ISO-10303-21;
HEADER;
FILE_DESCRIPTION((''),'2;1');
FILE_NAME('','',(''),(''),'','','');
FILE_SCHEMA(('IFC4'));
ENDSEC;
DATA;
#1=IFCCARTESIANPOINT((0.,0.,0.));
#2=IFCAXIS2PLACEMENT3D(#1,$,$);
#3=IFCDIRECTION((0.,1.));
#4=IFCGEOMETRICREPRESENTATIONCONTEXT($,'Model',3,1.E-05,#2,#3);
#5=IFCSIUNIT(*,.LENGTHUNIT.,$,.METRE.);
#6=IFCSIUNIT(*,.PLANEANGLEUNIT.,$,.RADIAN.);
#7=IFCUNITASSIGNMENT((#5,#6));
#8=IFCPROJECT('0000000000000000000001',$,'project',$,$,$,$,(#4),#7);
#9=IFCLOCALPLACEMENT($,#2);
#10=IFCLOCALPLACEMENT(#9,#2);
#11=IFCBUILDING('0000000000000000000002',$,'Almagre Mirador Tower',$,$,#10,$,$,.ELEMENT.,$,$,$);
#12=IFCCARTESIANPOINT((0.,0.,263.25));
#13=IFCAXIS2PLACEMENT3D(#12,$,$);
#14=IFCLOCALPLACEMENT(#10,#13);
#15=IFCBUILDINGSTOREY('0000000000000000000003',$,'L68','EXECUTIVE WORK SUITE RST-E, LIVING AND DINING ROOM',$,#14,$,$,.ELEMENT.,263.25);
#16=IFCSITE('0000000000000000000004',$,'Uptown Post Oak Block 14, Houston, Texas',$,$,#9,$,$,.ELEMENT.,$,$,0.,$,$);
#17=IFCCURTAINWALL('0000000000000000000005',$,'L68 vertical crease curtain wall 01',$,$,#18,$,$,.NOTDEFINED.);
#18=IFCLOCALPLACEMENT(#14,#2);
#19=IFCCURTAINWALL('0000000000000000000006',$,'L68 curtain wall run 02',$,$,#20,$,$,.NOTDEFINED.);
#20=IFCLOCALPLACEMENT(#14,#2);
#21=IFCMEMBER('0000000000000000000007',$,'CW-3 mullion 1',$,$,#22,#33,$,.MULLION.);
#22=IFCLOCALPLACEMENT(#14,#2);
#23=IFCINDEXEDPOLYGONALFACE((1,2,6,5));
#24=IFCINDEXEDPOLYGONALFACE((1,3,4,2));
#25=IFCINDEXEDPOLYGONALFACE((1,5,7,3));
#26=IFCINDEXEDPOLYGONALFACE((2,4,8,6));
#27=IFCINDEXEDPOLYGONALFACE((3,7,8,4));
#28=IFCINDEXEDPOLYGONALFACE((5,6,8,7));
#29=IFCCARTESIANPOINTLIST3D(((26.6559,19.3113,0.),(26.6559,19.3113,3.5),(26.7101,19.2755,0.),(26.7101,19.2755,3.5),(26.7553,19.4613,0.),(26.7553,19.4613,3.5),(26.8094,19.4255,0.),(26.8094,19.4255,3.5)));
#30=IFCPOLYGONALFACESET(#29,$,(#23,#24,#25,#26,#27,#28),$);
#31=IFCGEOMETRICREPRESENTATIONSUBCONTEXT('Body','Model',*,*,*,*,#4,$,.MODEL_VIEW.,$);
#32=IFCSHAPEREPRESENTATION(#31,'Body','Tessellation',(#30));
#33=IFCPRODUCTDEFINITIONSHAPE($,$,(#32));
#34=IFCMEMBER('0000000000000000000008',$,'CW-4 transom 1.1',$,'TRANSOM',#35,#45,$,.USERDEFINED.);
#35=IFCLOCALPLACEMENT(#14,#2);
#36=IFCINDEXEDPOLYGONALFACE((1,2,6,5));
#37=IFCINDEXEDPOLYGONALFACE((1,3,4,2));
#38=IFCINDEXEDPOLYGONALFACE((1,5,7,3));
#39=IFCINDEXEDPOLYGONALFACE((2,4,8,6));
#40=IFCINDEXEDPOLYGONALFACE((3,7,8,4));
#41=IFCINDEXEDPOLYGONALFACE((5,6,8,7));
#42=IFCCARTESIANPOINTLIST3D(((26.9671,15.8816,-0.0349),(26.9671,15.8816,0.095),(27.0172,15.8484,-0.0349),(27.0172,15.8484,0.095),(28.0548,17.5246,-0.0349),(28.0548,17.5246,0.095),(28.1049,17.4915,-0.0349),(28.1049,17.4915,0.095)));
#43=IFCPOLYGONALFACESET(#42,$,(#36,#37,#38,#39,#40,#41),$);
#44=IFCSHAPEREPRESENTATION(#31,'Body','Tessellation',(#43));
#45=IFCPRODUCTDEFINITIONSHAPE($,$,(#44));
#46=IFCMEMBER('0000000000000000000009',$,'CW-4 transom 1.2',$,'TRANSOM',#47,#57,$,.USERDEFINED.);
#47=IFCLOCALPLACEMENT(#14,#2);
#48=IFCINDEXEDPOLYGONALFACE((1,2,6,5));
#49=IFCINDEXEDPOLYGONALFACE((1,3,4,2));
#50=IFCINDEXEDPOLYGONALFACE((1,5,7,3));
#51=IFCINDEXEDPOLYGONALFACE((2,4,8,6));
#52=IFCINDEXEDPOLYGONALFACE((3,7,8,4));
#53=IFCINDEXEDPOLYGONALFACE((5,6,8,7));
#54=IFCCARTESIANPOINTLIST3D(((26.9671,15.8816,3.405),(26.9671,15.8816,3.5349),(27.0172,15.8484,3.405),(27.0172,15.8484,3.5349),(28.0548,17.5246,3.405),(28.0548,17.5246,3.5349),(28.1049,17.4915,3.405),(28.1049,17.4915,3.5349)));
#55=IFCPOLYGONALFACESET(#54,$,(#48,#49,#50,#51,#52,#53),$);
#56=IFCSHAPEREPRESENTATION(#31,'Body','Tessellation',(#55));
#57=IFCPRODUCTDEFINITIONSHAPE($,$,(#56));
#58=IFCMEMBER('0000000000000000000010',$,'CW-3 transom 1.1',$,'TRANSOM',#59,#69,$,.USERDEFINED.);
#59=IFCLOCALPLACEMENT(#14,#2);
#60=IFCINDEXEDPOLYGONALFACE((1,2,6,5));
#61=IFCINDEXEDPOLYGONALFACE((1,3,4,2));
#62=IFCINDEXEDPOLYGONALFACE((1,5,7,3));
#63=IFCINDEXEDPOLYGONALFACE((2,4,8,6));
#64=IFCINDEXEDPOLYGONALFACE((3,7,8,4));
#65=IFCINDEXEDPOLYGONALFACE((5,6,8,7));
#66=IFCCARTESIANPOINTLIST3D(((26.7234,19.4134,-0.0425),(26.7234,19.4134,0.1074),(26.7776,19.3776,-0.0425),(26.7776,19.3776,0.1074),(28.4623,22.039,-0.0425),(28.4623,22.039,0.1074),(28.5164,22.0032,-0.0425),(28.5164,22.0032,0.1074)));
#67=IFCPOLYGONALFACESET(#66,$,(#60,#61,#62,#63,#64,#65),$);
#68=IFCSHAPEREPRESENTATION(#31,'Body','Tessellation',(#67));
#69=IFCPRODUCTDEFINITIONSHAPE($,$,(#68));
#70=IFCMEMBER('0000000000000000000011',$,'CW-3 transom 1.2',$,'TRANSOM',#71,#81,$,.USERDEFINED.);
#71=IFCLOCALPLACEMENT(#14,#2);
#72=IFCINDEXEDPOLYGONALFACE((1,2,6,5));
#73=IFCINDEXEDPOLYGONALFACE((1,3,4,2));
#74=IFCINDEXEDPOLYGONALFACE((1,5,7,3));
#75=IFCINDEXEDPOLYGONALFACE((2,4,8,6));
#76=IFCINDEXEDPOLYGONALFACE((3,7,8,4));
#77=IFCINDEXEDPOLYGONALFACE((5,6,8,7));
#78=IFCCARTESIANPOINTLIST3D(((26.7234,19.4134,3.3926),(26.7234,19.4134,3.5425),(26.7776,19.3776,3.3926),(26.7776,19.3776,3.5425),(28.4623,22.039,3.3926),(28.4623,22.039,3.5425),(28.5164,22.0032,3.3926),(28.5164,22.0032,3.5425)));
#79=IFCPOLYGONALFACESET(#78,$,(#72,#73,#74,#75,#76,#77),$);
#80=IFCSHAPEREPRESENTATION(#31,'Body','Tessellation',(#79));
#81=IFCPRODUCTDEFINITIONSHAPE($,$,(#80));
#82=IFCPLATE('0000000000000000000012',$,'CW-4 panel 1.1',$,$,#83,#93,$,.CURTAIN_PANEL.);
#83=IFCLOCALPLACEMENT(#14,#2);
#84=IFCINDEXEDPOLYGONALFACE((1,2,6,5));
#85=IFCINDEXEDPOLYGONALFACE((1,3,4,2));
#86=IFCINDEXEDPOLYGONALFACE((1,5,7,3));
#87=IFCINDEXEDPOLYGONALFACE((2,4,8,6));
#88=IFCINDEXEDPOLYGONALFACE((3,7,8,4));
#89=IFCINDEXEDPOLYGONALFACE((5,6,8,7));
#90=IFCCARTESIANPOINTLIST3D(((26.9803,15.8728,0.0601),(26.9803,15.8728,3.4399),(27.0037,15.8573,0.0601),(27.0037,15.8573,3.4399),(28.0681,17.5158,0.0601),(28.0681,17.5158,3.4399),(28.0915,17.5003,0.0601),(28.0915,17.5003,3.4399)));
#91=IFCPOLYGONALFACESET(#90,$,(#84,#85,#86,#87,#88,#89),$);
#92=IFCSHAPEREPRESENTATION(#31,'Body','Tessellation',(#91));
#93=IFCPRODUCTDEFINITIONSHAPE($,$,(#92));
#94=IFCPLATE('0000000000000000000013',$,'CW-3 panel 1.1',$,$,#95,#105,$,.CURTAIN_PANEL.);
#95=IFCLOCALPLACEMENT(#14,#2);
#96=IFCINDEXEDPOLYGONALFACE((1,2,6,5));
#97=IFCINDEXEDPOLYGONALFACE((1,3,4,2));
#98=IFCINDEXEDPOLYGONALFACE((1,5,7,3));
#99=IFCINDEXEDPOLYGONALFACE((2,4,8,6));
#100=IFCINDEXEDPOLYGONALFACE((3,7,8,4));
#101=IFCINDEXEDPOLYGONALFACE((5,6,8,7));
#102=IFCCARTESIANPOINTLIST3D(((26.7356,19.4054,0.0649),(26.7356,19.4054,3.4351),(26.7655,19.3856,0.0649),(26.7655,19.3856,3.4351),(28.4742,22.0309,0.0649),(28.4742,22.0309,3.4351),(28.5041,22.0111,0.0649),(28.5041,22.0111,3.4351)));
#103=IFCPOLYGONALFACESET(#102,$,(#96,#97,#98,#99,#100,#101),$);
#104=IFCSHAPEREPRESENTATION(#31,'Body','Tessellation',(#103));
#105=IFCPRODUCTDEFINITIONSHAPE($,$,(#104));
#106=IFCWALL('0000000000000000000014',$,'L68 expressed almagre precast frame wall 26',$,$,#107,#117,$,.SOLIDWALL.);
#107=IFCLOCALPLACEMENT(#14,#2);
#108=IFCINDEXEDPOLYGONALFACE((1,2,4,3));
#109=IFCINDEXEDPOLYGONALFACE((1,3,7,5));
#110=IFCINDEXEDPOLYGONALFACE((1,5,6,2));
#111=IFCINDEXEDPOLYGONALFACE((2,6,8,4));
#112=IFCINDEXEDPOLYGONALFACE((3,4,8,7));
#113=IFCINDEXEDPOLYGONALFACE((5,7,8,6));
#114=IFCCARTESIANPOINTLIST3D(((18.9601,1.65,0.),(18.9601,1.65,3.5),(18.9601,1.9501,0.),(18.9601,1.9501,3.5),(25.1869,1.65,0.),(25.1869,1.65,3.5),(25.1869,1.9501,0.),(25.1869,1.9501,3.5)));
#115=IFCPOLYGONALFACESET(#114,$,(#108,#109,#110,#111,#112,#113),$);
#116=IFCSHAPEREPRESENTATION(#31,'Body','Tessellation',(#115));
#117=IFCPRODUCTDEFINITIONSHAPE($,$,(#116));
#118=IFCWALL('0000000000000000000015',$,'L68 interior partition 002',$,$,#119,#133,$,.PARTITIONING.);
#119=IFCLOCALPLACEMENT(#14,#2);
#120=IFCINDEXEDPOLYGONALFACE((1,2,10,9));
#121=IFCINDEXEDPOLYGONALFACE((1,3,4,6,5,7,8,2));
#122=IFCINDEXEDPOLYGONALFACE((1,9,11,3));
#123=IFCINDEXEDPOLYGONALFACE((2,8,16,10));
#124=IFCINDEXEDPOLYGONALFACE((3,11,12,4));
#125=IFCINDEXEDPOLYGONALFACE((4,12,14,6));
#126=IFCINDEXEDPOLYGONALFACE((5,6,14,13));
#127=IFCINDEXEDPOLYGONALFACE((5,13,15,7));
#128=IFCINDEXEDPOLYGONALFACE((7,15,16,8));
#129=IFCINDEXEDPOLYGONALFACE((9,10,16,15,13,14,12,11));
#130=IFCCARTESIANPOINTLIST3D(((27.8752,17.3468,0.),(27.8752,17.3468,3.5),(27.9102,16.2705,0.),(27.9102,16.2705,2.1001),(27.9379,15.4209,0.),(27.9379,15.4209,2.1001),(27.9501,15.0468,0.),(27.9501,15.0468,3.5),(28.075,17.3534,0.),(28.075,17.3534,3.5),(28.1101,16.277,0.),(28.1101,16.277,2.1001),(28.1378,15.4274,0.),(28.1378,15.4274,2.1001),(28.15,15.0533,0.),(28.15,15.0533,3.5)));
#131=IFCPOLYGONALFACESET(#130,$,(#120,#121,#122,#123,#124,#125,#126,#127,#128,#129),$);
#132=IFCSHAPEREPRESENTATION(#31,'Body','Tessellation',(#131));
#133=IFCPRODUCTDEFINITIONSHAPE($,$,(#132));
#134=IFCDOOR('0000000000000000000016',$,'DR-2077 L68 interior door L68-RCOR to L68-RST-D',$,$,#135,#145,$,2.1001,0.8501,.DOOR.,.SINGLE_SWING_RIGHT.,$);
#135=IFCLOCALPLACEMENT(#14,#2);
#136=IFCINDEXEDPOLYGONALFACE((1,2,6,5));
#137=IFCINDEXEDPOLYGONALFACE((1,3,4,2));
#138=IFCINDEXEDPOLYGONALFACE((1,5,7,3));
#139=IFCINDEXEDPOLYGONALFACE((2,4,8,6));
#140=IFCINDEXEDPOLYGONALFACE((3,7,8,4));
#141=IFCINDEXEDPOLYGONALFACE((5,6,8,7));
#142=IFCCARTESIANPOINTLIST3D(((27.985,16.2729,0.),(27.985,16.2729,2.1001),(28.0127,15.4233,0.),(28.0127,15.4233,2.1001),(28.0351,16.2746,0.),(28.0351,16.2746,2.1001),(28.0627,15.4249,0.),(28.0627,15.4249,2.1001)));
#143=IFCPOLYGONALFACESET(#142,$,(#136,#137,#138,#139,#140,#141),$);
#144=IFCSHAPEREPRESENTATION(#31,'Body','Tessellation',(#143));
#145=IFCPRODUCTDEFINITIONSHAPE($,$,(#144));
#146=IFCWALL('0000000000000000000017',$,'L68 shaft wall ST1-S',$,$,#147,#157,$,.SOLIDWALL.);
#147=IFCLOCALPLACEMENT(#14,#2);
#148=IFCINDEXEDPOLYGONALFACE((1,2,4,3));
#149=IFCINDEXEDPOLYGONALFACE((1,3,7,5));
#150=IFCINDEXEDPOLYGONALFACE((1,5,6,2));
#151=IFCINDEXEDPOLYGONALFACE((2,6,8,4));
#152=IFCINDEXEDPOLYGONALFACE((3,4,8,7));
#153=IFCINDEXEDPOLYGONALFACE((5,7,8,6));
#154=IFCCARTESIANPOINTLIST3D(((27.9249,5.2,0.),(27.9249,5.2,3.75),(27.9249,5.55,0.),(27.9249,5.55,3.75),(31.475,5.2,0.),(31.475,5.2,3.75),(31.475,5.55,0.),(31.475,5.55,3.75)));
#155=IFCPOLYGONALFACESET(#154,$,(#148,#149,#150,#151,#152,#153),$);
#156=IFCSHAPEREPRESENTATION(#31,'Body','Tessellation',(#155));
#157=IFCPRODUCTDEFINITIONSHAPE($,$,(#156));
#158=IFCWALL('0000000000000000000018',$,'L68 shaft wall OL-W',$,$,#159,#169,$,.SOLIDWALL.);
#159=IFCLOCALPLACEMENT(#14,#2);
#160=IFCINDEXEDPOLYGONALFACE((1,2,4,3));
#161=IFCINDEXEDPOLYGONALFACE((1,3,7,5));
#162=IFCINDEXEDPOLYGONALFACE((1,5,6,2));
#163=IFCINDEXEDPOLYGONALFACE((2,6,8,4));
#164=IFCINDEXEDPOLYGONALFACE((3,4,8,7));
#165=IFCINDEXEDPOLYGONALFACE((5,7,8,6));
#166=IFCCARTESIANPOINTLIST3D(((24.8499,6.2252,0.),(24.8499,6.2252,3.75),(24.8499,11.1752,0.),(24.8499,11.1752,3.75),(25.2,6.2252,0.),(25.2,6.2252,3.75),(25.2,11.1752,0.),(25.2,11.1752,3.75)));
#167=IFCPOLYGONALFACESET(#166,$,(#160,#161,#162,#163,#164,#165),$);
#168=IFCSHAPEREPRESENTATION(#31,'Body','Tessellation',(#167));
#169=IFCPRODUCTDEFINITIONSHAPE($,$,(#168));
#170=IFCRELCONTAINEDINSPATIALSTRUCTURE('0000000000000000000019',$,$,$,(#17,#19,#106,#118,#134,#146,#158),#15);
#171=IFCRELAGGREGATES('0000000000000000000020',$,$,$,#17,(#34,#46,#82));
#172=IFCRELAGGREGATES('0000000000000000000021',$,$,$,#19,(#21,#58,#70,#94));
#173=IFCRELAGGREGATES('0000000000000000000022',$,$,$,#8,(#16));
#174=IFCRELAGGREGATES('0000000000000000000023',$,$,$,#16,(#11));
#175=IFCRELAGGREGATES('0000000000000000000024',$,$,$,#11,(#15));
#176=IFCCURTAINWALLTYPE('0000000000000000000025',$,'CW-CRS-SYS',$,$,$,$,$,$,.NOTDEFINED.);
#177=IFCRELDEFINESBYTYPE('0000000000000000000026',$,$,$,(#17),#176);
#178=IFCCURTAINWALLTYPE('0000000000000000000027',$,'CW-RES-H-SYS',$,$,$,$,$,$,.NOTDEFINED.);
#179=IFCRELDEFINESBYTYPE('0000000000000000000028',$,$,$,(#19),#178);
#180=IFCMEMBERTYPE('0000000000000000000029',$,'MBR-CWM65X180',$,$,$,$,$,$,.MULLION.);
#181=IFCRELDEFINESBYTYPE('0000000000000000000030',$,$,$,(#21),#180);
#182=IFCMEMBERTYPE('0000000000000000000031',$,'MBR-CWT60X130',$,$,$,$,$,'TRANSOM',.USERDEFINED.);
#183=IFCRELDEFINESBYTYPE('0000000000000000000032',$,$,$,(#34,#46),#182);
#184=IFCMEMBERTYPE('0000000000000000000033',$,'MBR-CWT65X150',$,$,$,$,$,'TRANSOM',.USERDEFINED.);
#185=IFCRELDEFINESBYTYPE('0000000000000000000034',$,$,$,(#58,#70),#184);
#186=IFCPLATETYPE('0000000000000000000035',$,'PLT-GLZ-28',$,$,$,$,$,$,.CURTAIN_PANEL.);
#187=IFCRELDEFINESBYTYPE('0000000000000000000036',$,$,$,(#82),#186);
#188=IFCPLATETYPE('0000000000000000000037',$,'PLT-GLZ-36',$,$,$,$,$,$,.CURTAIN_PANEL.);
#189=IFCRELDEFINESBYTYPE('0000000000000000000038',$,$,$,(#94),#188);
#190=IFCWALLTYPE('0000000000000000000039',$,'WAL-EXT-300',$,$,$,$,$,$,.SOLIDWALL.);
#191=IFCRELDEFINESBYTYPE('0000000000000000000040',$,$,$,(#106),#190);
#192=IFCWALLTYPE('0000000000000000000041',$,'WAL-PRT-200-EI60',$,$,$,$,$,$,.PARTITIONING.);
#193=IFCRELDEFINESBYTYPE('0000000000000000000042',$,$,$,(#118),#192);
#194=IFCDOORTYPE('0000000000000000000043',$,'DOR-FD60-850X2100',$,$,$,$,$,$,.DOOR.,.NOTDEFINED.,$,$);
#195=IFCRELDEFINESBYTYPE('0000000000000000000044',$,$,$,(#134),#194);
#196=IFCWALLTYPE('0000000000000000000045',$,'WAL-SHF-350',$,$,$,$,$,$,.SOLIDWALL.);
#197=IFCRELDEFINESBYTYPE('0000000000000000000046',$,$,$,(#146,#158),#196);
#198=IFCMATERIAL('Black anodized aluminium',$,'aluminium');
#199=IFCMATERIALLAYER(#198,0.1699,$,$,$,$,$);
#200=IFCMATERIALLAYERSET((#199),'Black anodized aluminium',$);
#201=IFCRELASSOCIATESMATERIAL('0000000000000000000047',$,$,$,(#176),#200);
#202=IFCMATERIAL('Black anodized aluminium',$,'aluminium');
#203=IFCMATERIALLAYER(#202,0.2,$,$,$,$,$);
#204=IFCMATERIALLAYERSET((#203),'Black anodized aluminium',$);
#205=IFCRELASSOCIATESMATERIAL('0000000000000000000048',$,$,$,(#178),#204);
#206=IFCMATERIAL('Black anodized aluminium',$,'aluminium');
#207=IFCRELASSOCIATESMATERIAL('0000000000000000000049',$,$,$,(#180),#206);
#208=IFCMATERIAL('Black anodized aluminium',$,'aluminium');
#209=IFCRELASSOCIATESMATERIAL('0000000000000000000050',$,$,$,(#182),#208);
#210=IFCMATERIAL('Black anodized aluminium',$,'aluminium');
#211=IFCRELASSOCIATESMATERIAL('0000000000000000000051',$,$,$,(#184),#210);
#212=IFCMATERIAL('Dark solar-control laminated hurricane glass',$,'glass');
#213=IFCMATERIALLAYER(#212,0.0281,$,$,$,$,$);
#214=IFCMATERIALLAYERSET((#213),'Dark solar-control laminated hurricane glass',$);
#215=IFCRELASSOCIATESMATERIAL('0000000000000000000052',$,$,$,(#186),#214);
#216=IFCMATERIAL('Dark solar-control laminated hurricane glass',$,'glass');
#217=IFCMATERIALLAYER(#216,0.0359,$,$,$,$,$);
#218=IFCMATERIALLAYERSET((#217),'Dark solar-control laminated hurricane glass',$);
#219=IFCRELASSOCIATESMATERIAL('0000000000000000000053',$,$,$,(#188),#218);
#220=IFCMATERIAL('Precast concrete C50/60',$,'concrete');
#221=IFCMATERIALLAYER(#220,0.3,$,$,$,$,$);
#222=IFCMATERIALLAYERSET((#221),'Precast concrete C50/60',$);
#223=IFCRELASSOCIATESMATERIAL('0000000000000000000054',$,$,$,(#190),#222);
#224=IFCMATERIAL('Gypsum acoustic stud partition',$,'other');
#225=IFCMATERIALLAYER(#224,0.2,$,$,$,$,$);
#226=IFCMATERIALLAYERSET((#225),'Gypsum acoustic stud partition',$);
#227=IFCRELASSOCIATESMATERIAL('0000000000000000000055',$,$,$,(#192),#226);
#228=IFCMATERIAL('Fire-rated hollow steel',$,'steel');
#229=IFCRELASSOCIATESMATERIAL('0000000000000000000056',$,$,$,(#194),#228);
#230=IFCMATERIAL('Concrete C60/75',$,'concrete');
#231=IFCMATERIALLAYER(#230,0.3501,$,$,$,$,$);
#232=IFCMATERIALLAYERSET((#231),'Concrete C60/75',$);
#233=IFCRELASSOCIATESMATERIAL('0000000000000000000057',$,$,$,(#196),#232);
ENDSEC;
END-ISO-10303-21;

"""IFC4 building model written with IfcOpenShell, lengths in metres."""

from ifc_helpers import new_model, si_unit, direction, frame, frame_2d, origin, origin_2d, place, context, subcontext, project, spatial, rectangle, extrude, material, layer, layer_set, material_profile, profile_set, type_object, element, fill, aggregate, save


model = new_model("IFC4")

# Units and contexts
model_context = context("Model", 3, precision=1e-05, world=origin(), true_north=direction((0.0, 1.0)))
body_context = subcontext(model_context, "Body", "Model", "MODEL_VIEW")
ifc_project = project(units=[si_unit("LENGTHUNIT", "METRE"), si_unit("PLANEANGLEUNIT", "RADIAN")], contexts=[model_context])

# Site, building, storey
site_placement = place(None, origin())
site = spatial("IfcSite", under=ifc_project, at=site_placement, Name="Uptown Post Oak Block 14, Houston, Texas", CompositionType="ELEMENT", RefElevation=0.0)
building_placement = place(site_placement, origin())
building = spatial("IfcBuilding", under=site, at=building_placement, Name="Almagre Mirador Tower", CompositionType="ELEMENT")
storey_placement = place(building_placement, frame((0.0, 0.0, 263.25)))
storey = spatial("IfcBuildingStorey", under=building, at=storey_placement, Name="L68", Description="EXECUTIVE WORK SUITE RST-E, LIVING AND DINING ROOM", CompositionType="ELEMENT", Elevation=263.25)

# Curtain walls, member
ifc_material_1 = material(Name="Black anodized aluminium", Category="aluminium")
ifc_layer_1 = layer(ifc_material_1, 0.1699)
ifc_layer_set_1 = layer_set([ifc_layer_1], Name="Black anodized aluminium")
curtain_wall_type_1 = type_object("IfcCurtainWallType", Name="CW-CRS-SYS", PredefinedType="NOTDEFINED", material=ifc_layer_set_1)
curtain_wall_1_placement = place(storey_placement, origin())
curtain_wall_1 = element("IfcCurtainWall", 1, at=curtain_wall_1_placement, inside=storey, type_object=curtain_wall_type_1, Name="L68 vertical crease curtain wall 01", PredefinedType="NOTDEFINED")
ifc_material_2 = material(Name="Black anodized aluminium", Category="aluminium")
ifc_layer_2 = layer(ifc_material_2, 0.2)
ifc_layer_set_2 = layer_set([ifc_layer_2], Name="Black anodized aluminium")
curtain_wall_type_2 = type_object("IfcCurtainWallType", Name="CW-RES-H-SYS", PredefinedType="NOTDEFINED", material=ifc_layer_set_2)
curtain_wall_2_placement = place(storey_placement, origin())
curtain_wall_2 = element("IfcCurtainWall", 2, at=curtain_wall_2_placement, inside=storey, type_object=curtain_wall_type_2, Name="L68 curtain wall run 02", PredefinedType="NOTDEFINED")
ifc_material_3 = material(Name="Black anodized aluminium", Category="aluminium")
ifc_material_profile_1 = material_profile(ifc_material_3, rectangle(XDim=0.0649, YDim=0.1799, at=origin_2d()), Name="CWM65X180")
ifc_profile_set_1 = profile_set([ifc_material_profile_1], Name="Black anodized aluminium")
member_type_1 = type_object("IfcMemberType", Name="MBR-CWM65X180", PredefinedType="MULLION", material=ifc_profile_set_1)
member_1_placement = place(storey_placement, frame((26.7327, 19.3684, 0.0), z_axis=(0.0, 0.0, 1.0), x_axis=(-0.833759, 0.552128, 0.0)))
member_1 = element("IfcMember", 3, at=member_1_placement, type_object=member_type_1, Name="CW-3 mullion 1", PredefinedType="MULLION", context=body_context, shape_type="SweptSolid", body=[
    extrude(rectangle(XDim=0.0649, YDim=0.1799, at=origin_2d()), origin(), (0.0, 0.0, 1.0), 3.5),
])

# Members
ifc_material_4 = material(Name="Black anodized aluminium", Category="aluminium")
ifc_material_profile_2 = material_profile(ifc_material_4, rectangle(XDim=0.0601, YDim=0.1299, at=origin_2d()), Name="CWT60X130")
ifc_profile_set_2 = profile_set([ifc_material_profile_2], Name="Black anodized aluminium")
member_type_2 = type_object("IfcMemberType", Name="MBR-CWT60X130", ElementType="TRANSOM", PredefinedType="USERDEFINED", material=ifc_profile_set_2)
member_2_placement = place(storey_placement, frame((26.9922, 15.865, 0.03), z_axis=(0.551981, 0.833857, 0.0), x_axis=(-0.833857, 0.551981, 0.0)))
member_2 = element("IfcMember", 4, at=member_2_placement, type_object=member_type_2, Name="CW-4 transom 1.1", ObjectType="TRANSOM", PredefinedType="USERDEFINED", context=body_context, shape_type="SweptSolid", body=[
    extrude(rectangle(XDim=0.0601, YDim=0.1299, at=origin_2d()), origin(), (0.0, 0.0, 1.0), 1.9705),
])
member_3_placement = place(storey_placement, frame((26.9922, 15.865, 3.47), z_axis=(0.551981, 0.833857, 0.0), x_axis=(-0.833857, 0.551981, 0.0)))
member_3 = element("IfcMember", 5, at=member_3_placement, type_object=member_type_2, Name="CW-4 transom 1.2", ObjectType="TRANSOM", PredefinedType="USERDEFINED", context=body_context, shape_type="SweptSolid", body=[
    extrude(rectangle(XDim=0.0601, YDim=0.1299, at=origin_2d()), origin(), (0.0, 0.0, 1.0), 1.9705),
])
ifc_material_5 = material(Name="Black anodized aluminium", Category="aluminium")
ifc_material_profile_3 = material_profile(ifc_material_5, rectangle(XDim=0.0649, YDim=0.1499, at=origin_2d()), Name="CWT65X150")
ifc_profile_set_3 = profile_set([ifc_material_profile_3], Name="Black anodized aluminium")
member_type_3 = type_object("IfcMemberType", Name="MBR-CWT65X150", ElementType="TRANSOM", PredefinedType="USERDEFINED", material=ifc_profile_set_3)
member_4_placement = place(storey_placement, frame((26.7505, 19.3955, 0.0325), z_axis=(0.552157, 0.83374, 0.0), x_axis=(-0.83374, 0.552157, 0.0)))
member_4 = element("IfcMember", 6, at=member_4_placement, type_object=member_type_3, Name="CW-3 transom 1.1", ObjectType="TRANSOM", PredefinedType="USERDEFINED", context=body_context, shape_type="SweptSolid", body=[
    extrude(rectangle(XDim=0.0649, YDim=0.1499, at=origin_2d()), origin(), (0.0, 0.0, 1.0), 3.1492),
])
member_5_placement = place(storey_placement, frame((26.7505, 19.3955, 3.4675), z_axis=(0.552157, 0.83374, 0.0), x_axis=(-0.83374, 0.552157, 0.0)))
member_5 = element("IfcMember", 7, at=member_5_placement, type_object=member_type_3, Name="CW-3 transom 1.2", ObjectType="TRANSOM", PredefinedType="USERDEFINED", context=body_context, shape_type="SweptSolid", body=[
    extrude(rectangle(XDim=0.0649, YDim=0.1499, at=origin_2d()), origin(), (0.0, 0.0, 1.0), 3.1492),
])

# Plates
ifc_material_6 = material(Name="Dark solar-control laminated hurricane glass", Category="glass")
ifc_layer_3 = layer(ifc_material_6, 0.0281)
ifc_layer_set_3 = layer_set([ifc_layer_3], Name="Dark solar-control laminated hurricane glass")
plate_type_1 = type_object("IfcPlateType", Name="PLT-GLZ-28", PredefinedType="CURTAIN_PANEL", material=ifc_layer_set_3)
plate_1_placement = place(storey_placement, frame((27.5359, 16.6865, 0.0601), z_axis=(0.0, 0.0, 1.0), x_axis=(0.552048, 0.833812, 0.0)))
plate_1 = element("IfcPlate", 8, at=plate_1_placement, type_object=plate_type_1, Name="CW-4 panel 1.1", PredefinedType="CURTAIN_PANEL", context=body_context, shape_type="SweptSolid", body=[
    extrude(rectangle(XDim=1.9705, YDim=0.0281, at=origin_2d()), origin(), (0.0, 0.0, 1.0), 3.3799),
])
aggregate(curtain_wall_1, [member_2, member_3, plate_1])
ifc_material_7 = material(Name="Dark solar-control laminated hurricane glass", Category="glass")
ifc_layer_4 = layer(ifc_material_7, 0.0359)
ifc_layer_set_4 = layer_set([ifc_layer_4], Name="Dark solar-control laminated hurricane glass")
plate_type_2 = type_object("IfcPlateType", Name="PLT-GLZ-36", PredefinedType="CURTAIN_PANEL", material=ifc_layer_set_4)
plate_2_placement = place(storey_placement, frame((27.6199, 20.7083, 0.0649), z_axis=(0.0, 0.0, 1.0), x_axis=(0.552128, 0.833759, 0.0)))
plate_2 = element("IfcPlate", 9, at=plate_2_placement, type_object=plate_type_2, Name="CW-3 panel 1.1", PredefinedType="CURTAIN_PANEL", context=body_context, shape_type="SweptSolid", body=[
    extrude(rectangle(XDim=3.1489, YDim=0.0359, at=origin_2d()), origin(), (0.0, 0.0, 1.0), 3.3701),
])
aggregate(curtain_wall_2, [member_1, member_4, member_5, plate_2])

# Wall
ifc_material_8 = material(Name="Precast concrete C50/60", Category="concrete")
ifc_layer_5 = layer(ifc_material_8, 0.3)
ifc_layer_set_5 = layer_set([ifc_layer_5], Name="Precast concrete C50/60")
wall_type_1 = type_object("IfcWallType", Name="WAL-EXT-300", PredefinedType="SOLIDWALL", material=ifc_layer_set_5)
wall_1_placement = place(storey_placement, frame((25.1868, 1.8, 0.0), z_axis=(0.0, 0.0, 1.0), x_axis=(-1.0, 0.0, 0.0)))
element("IfcWall", 10, at=wall_1_placement, inside=storey, type_object=wall_type_1, Name="L68 expressed almagre precast frame wall 26", PredefinedType="SOLIDWALL", context=body_context, shape_type="SweptSolid", body=[
    extrude(rectangle(XDim=6.2268, YDim=0.3, at=frame_2d((3.1133, 0.0))), origin(), (0.0, 0.0, 1.0), 3.5),
])

# Wall, opening, door
ifc_material_9 = material(Name="Gypsum acoustic stud partition", Category="other")
ifc_layer_6 = layer(ifc_material_9, 0.2)
ifc_layer_set_6 = layer_set([ifc_layer_6], Name="Gypsum acoustic stud partition")
wall_type_2 = type_object("IfcWallType", Name="WAL-PRT-200-EI60", PredefinedType="PARTITIONING", material=ifc_layer_set_6)
wall_2_placement = place(storey_placement, frame((27.9751, 17.3501, 0.0), z_axis=(0.0, 0.0, 1.0), x_axis=(0.032569, -0.999469, 0.0)))
wall_2 = element("IfcWall", 11, at=wall_2_placement, inside=storey, type_object=wall_type_2, Name="L68 interior partition 002", PredefinedType="PARTITIONING", context=body_context, shape_type="SweptSolid", body=[
    extrude(rectangle(XDim=2.3013, YDim=0.2, at=frame_2d((1.1506, 0.0))), origin(), (0.0, 0.0, 1.0), 3.5),
])
opening_1_placement = place(wall_2_placement, frame((1.0769, 0.0, 0.0)))
opening_1 = element("IfcOpeningElement", 12, at=opening_1_placement, cuts=wall_2, PredefinedType="OPENING", context=body_context, shape_type="SweptSolid", body=[
    extrude(rectangle(XDim=0.8501, YDim=2.1001, at=frame_2d((0.425, 1.05))), frame((0.0, 0.1101, 0.0), z_axis=(0.0, -1.0, 0.0), x_axis=(1.0, 0.0, 0.0)), (0.0, 0.0, 1.0), 0.22),
])
ifc_material_10 = material(Name="Fire-rated hollow steel", Category="steel")
door_type_1 = type_object("IfcDoorType", Name="DOR-FD60-850X2100", OperationType="NOTDEFINED", PredefinedType="DOOR", material=ifc_material_10)
door_1_placement = place(opening_1_placement, origin())
door_1 = element("IfcDoor", 13, at=door_1_placement, inside=storey, type_object=door_type_1, Name="DR-2077 L68 interior door L68-RCOR to L68-RST-D", OperationType="SINGLE_SWING_RIGHT", OverallHeight=2.1001, OverallWidth=0.8501, PredefinedType="DOOR", context=body_context, shape_type="SweptSolid", body=[
    extrude(rectangle(XDim=0.8501, YDim=2.1001, at=frame_2d((0.425, 1.05))), frame((0.0, 0.0249, 0.0), z_axis=(0.0, -1.0, 0.0), x_axis=(1.0, 0.0, 0.0)), (0.0, 0.0, 1.0), 0.05),
])
fill(opening_1, door_1)

# Walls
ifc_material_11 = material(Name="Concrete C60/75", Category="concrete")
ifc_layer_7 = layer(ifc_material_11, 0.3501)
ifc_layer_set_7 = layer_set([ifc_layer_7], Name="Concrete C60/75")
wall_type_3 = type_object("IfcWallType", Name="WAL-SHF-350", PredefinedType="SOLIDWALL", material=ifc_layer_set_7)
wall_3_placement = place(storey_placement, frame((27.925, 5.375, 0.0), z_axis=(0.0, 0.0, 1.0), x_axis=(1.0, 0.0, 0.0)))
element("IfcWall", 14, at=wall_3_placement, inside=storey, type_object=wall_type_3, Name="L68 shaft wall ST1-S", PredefinedType="SOLIDWALL", context=body_context, shape_type="SweptSolid", body=[
    extrude(rectangle(XDim=3.55, YDim=0.3501, at=frame_2d((1.7749, 0.0))), origin(), (0.0, 0.0, 1.0), 3.75),
])
wall_4_placement = place(storey_placement, frame((25.0249, 6.2251, 0.0), z_axis=(0.0, 0.0, 1.0), x_axis=(0.0, 1.0, 0.0)))
element("IfcWall", 15, at=wall_4_placement, inside=storey, type_object=wall_type_3, Name="L68 shaft wall OL-W", PredefinedType="SOLIDWALL", context=body_context, shape_type="SweptSolid", body=[
    extrude(rectangle(XDim=4.95, YDim=0.3501, at=frame_2d((2.4751, 0.0))), origin(), (0.0, 0.0, 1.0), 3.75),
])

save(model, "model.ifc")
